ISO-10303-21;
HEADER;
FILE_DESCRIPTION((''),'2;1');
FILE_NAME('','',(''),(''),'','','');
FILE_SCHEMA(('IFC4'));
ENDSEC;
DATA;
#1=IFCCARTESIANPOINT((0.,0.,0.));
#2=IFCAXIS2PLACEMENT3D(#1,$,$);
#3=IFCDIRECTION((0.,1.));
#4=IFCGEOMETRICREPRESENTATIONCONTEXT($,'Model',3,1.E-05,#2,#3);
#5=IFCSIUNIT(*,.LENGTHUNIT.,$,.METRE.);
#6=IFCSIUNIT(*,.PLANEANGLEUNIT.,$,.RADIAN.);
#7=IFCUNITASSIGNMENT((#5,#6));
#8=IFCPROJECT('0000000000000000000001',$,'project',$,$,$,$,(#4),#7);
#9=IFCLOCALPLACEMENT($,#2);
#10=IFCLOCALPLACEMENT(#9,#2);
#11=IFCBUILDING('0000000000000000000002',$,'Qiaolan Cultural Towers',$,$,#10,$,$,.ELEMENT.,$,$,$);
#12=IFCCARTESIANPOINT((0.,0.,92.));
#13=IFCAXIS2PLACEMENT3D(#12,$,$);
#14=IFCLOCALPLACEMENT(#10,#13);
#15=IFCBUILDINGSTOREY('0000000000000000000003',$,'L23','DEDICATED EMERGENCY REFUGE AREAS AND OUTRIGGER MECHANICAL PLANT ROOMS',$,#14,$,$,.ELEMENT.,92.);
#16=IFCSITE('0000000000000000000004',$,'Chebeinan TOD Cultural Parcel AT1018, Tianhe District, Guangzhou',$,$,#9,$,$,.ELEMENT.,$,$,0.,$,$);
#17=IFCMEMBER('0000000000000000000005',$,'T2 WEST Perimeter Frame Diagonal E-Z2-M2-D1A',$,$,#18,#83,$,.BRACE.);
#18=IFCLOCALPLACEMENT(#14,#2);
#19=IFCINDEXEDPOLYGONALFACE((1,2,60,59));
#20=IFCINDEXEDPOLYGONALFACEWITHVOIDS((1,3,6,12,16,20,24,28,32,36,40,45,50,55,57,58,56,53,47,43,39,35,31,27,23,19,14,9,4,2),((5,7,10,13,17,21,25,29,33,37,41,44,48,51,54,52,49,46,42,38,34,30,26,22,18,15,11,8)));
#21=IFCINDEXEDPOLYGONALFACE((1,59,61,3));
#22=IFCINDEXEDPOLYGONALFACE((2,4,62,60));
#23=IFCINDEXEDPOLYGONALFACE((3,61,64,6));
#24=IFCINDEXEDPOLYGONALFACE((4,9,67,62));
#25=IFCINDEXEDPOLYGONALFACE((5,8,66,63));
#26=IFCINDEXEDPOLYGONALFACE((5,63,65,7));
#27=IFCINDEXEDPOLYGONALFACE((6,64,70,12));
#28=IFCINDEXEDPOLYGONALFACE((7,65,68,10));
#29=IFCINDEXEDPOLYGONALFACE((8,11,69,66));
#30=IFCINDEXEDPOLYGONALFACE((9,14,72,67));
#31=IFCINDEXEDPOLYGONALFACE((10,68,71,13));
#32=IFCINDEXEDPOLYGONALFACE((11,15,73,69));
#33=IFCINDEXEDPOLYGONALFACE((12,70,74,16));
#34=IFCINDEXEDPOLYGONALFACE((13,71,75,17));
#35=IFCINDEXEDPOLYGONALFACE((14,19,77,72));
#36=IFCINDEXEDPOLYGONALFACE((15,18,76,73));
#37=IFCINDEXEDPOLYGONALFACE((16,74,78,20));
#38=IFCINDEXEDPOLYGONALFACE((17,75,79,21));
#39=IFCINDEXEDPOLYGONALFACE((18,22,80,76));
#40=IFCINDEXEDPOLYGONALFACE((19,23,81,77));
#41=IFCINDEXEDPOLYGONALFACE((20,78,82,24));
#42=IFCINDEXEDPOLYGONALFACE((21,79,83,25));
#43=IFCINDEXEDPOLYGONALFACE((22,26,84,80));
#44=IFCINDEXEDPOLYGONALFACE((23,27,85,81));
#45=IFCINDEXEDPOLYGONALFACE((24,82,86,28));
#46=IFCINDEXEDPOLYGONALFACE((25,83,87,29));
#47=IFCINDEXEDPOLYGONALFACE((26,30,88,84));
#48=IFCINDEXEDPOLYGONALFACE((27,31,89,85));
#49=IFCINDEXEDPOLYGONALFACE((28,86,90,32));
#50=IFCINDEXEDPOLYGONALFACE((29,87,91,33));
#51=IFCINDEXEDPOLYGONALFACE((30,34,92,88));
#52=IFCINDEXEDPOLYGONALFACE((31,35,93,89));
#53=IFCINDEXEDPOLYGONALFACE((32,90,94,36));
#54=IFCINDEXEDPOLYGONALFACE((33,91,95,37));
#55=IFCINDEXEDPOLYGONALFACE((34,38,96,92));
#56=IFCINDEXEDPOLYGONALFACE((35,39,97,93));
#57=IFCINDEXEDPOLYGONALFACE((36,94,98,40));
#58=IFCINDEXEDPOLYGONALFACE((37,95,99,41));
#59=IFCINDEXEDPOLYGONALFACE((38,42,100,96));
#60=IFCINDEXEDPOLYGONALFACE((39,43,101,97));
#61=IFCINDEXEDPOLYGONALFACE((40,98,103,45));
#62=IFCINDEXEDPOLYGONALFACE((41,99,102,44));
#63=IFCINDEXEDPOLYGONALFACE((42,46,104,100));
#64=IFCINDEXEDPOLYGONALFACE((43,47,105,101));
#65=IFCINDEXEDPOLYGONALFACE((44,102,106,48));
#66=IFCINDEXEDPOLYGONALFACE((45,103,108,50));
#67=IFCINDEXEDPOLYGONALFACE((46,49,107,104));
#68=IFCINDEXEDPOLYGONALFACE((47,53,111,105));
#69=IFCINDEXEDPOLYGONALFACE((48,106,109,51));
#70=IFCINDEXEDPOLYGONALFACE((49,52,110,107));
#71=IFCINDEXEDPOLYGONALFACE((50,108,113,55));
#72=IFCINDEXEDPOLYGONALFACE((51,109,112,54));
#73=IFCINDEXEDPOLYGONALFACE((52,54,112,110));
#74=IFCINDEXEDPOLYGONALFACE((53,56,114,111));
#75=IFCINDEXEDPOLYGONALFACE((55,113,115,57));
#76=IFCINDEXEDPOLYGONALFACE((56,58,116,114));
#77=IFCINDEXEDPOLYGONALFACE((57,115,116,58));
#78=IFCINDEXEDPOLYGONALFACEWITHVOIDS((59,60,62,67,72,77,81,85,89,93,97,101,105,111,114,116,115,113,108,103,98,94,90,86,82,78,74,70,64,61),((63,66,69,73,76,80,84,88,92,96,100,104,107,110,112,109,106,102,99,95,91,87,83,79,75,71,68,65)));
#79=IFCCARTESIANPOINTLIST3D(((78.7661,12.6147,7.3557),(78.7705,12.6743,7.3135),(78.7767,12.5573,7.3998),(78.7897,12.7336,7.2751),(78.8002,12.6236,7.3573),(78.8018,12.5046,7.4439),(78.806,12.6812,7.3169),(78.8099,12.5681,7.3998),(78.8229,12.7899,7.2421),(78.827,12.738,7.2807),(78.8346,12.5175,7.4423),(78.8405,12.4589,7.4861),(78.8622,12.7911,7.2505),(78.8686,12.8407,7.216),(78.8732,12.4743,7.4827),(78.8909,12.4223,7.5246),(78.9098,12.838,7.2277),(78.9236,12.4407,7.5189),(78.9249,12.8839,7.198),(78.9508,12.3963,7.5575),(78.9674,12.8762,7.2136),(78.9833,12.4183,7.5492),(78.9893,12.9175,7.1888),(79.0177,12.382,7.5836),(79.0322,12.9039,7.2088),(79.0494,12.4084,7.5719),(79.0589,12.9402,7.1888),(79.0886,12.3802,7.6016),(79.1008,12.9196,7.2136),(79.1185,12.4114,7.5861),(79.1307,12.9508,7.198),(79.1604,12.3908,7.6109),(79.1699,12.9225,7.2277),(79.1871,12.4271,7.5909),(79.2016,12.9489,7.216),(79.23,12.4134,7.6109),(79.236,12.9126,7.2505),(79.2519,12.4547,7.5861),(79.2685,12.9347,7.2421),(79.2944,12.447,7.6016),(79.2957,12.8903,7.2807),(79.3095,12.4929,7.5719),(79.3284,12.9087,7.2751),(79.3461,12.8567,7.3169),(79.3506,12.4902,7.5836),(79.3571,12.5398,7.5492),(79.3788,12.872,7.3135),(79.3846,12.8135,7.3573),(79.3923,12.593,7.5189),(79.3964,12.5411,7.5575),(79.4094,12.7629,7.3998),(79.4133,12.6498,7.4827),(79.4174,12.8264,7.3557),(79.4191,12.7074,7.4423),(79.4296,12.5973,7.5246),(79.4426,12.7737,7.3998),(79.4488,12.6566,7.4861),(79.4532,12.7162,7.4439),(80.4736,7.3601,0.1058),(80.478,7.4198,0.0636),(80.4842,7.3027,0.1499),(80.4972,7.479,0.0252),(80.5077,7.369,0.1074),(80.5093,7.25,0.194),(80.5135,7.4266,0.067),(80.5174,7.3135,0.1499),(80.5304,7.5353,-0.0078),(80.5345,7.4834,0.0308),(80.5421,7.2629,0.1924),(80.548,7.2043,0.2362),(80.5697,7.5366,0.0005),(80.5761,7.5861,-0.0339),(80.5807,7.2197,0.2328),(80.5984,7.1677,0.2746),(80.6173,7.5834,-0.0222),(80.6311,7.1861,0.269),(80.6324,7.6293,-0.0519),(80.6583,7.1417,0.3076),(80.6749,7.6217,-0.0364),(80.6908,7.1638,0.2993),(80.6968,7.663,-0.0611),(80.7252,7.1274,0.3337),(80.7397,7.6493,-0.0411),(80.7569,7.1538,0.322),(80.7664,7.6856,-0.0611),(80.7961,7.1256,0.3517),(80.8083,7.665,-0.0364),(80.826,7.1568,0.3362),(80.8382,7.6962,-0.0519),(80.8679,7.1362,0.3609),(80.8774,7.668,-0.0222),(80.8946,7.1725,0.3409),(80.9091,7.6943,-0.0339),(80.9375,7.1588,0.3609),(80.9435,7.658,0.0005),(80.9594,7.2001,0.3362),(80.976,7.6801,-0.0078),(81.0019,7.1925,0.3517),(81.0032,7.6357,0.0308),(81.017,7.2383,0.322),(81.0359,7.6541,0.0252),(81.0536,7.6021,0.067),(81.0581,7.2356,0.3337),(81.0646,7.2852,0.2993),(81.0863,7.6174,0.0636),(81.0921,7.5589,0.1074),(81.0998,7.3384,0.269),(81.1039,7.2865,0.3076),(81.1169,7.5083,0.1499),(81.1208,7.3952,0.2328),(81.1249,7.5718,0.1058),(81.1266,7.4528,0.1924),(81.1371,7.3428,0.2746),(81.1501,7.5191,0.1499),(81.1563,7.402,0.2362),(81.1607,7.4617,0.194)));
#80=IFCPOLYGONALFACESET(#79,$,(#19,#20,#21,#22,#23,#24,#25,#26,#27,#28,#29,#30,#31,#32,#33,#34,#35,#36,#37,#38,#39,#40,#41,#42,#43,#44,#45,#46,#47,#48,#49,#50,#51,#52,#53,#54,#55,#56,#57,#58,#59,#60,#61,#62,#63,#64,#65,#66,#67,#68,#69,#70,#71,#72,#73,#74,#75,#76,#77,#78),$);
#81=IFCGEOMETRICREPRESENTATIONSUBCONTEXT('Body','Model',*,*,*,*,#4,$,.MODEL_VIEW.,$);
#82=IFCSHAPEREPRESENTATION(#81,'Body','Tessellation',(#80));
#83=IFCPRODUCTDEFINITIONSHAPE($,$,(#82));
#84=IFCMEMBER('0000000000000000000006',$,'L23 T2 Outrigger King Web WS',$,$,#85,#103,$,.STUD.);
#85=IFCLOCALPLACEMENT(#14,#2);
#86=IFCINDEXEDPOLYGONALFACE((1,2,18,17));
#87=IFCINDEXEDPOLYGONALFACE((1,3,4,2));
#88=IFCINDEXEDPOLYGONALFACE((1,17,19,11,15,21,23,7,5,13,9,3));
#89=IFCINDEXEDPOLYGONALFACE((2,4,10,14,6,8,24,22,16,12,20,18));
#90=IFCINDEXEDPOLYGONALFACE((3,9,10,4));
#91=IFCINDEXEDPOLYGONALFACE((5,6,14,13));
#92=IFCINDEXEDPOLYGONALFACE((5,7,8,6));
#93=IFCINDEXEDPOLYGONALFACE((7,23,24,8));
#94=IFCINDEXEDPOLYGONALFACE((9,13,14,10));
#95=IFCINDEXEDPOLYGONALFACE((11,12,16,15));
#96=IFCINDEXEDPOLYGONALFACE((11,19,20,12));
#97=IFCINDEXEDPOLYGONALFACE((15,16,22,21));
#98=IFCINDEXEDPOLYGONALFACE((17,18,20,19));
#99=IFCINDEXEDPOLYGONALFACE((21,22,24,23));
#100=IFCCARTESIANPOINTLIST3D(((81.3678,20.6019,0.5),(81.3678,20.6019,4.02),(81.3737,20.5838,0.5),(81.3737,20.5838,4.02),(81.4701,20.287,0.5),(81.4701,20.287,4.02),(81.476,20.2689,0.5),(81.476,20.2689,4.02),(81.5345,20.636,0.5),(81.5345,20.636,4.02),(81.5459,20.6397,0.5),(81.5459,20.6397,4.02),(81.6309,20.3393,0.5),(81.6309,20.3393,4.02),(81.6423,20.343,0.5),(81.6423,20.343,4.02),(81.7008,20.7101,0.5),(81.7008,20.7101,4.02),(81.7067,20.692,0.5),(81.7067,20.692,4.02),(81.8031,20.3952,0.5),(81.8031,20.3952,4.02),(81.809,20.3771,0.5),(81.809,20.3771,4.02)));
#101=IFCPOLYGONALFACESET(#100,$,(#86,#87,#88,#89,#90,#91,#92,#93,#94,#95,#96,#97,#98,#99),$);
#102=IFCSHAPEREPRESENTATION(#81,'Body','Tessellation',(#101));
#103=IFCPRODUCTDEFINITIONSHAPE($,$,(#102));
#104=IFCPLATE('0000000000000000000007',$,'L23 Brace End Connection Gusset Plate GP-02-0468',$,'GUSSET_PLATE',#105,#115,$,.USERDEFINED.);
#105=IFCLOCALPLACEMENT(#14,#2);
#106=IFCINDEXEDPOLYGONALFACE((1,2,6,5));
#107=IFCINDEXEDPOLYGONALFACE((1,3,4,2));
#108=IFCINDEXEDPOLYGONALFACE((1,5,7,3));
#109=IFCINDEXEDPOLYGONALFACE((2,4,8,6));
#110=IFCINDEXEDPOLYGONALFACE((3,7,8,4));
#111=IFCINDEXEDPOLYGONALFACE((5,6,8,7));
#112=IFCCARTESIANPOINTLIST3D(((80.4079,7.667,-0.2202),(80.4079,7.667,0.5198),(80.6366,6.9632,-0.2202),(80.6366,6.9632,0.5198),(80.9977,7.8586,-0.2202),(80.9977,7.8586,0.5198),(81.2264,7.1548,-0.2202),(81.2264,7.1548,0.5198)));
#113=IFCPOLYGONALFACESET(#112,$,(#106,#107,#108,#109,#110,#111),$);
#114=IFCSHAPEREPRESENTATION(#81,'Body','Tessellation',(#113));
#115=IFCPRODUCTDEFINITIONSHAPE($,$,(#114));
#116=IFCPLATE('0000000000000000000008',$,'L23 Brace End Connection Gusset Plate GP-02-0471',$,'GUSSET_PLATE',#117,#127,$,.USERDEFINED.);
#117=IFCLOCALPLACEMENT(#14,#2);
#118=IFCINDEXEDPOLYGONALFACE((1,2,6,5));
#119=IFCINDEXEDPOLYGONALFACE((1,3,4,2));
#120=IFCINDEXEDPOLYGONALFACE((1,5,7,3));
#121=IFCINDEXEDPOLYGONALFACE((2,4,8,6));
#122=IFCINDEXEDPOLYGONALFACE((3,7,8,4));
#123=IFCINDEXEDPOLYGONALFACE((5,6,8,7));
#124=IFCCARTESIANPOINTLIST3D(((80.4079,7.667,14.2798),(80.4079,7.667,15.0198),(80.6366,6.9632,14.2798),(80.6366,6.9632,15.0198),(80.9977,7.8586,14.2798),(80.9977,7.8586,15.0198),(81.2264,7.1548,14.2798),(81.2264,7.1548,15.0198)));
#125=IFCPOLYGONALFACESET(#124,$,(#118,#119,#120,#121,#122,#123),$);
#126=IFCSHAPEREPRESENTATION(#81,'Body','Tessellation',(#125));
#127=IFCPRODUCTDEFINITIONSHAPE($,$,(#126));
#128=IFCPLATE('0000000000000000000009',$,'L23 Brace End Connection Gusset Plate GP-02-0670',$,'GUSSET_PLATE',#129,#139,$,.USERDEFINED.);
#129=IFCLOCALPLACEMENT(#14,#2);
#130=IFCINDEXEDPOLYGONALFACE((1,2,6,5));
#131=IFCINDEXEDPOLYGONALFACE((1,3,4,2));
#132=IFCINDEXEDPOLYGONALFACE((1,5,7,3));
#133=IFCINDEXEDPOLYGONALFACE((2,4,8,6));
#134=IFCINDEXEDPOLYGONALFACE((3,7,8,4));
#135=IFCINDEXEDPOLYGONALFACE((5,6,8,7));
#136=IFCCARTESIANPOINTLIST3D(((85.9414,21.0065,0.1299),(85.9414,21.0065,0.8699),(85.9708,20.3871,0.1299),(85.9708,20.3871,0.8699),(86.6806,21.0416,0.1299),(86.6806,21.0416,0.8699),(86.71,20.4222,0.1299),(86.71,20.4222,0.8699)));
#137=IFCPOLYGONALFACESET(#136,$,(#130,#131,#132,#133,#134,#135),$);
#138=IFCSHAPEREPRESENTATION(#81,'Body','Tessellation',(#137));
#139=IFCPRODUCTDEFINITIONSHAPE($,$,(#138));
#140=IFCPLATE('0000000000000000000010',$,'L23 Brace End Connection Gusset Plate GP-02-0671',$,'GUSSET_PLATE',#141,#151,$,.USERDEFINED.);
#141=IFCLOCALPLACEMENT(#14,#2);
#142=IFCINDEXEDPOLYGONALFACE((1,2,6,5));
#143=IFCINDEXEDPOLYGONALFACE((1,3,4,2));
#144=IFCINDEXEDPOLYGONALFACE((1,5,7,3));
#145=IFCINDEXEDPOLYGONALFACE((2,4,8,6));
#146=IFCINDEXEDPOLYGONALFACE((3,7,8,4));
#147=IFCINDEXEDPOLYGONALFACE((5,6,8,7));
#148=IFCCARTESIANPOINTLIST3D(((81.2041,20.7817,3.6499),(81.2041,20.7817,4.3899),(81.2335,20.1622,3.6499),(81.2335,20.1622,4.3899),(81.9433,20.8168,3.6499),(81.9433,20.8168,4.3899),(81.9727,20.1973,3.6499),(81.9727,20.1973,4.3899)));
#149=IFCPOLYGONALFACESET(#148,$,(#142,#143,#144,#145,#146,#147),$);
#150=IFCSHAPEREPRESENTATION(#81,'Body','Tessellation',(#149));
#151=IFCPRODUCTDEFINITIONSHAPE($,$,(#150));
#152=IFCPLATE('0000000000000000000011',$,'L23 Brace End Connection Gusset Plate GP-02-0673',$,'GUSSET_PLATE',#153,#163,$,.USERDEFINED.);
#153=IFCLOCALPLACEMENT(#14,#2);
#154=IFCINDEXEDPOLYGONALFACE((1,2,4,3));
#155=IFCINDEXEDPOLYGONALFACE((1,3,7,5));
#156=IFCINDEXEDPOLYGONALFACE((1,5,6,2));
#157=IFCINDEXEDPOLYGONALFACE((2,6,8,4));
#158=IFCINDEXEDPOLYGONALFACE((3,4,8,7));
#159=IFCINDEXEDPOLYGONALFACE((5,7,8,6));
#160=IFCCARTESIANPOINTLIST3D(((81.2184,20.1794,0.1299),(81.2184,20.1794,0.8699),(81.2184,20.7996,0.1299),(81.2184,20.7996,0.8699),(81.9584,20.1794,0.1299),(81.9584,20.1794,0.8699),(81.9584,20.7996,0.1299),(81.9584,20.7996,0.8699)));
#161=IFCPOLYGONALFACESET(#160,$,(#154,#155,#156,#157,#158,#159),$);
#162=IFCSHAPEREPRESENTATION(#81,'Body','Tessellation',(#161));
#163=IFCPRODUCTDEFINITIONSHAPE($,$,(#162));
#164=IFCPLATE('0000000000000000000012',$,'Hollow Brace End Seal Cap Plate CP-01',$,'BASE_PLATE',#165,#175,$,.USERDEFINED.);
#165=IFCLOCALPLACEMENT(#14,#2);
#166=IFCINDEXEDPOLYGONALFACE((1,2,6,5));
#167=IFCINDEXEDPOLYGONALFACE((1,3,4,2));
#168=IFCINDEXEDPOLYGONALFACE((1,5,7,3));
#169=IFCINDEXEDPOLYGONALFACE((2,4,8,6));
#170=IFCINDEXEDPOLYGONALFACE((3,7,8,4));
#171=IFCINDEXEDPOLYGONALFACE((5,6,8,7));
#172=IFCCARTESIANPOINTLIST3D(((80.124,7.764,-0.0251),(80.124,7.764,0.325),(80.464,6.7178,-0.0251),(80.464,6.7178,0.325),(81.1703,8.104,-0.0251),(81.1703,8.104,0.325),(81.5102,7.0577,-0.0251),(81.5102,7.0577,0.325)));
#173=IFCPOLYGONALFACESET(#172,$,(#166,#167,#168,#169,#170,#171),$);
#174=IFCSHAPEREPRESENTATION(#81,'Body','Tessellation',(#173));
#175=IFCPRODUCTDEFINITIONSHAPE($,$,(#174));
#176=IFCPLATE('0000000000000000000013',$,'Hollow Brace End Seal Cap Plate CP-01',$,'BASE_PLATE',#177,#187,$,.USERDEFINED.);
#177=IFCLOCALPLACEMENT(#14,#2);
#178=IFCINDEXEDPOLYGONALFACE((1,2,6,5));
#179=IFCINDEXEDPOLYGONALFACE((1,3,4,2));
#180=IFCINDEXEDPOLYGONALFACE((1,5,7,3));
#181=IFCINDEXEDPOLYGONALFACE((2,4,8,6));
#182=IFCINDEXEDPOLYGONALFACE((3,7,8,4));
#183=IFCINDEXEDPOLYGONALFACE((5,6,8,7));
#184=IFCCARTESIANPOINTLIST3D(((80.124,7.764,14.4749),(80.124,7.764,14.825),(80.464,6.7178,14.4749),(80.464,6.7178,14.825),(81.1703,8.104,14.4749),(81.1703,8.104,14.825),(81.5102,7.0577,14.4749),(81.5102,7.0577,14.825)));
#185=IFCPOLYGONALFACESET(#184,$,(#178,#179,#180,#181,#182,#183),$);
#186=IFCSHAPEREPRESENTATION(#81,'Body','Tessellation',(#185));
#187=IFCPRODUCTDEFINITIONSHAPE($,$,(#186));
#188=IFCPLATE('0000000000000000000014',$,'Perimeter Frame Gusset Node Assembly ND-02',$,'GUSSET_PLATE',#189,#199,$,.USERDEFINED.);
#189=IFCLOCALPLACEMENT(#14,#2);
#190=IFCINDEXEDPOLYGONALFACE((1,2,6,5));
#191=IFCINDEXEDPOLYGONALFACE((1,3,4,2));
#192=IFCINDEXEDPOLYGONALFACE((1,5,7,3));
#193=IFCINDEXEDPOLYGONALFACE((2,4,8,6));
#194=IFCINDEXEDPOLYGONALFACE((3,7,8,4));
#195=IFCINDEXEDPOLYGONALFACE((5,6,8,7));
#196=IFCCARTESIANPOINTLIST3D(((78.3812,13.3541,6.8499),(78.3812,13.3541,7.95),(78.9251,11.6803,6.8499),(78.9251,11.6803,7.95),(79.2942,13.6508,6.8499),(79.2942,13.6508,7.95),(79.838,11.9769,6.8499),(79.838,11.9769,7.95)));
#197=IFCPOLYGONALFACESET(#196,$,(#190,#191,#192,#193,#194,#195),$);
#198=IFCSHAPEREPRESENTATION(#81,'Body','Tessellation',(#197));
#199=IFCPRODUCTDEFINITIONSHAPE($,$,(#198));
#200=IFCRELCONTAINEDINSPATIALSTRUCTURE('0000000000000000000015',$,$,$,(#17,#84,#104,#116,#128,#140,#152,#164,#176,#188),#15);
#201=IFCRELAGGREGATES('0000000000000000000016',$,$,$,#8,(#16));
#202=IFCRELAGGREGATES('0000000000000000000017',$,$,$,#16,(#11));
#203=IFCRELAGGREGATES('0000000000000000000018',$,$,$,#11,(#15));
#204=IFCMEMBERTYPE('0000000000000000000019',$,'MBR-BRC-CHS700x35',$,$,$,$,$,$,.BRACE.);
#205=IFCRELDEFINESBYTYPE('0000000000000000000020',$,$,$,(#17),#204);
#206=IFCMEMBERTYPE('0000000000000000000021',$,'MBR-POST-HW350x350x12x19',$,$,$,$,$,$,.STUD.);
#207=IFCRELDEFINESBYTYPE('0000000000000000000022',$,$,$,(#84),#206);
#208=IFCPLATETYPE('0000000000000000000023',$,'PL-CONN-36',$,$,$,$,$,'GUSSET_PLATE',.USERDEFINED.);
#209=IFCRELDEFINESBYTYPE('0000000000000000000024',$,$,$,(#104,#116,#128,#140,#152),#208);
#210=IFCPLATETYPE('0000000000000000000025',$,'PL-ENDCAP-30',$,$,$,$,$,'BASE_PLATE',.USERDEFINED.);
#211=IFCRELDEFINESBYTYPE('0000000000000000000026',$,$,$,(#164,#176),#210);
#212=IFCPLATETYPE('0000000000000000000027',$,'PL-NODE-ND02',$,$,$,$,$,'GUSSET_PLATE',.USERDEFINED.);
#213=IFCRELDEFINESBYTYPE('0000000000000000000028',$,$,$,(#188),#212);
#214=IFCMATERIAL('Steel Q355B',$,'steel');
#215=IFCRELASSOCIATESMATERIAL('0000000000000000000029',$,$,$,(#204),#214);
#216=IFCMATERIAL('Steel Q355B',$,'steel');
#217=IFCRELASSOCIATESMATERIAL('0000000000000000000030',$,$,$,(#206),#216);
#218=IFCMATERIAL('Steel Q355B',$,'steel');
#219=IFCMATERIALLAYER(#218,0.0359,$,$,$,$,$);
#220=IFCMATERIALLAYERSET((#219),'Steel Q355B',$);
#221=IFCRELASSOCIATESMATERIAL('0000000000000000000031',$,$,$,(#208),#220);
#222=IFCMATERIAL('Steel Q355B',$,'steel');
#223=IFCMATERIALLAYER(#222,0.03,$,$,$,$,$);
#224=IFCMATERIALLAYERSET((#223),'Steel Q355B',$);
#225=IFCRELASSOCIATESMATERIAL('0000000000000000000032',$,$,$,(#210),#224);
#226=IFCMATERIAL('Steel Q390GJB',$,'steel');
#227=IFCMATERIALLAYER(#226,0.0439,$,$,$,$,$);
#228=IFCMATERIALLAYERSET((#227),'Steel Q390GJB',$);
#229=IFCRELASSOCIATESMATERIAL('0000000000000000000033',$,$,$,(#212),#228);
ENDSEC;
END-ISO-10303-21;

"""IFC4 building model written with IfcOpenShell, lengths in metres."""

from ifc_helpers import new_model, si_unit, direction, frame, origin, origin_2d, place, context, subcontext, project, spatial, rectangle, hollow_circle, i_section, extrude, material, layer, layer_set, material_profile, profile_set, type_object, element, save


model = new_model("IFC4")

# Units and contexts
model_context = context("Model", 3, precision=1e-05, world=origin(), true_north=direction((0.0, 1.0)))
body_context = subcontext(model_context, "Body", "Model", "MODEL_VIEW")
ifc_project = project(units=[si_unit("LENGTHUNIT", "METRE"), si_unit("PLANEANGLEUNIT", "RADIAN")], contexts=[model_context])

# Site, building, storey
site_placement = place(None, origin())
site = spatial("IfcSite", under=ifc_project, at=site_placement, Name="Chebeinan TOD Cultural Parcel AT1018, Tianhe District, Guangzhou", CompositionType="ELEMENT", RefElevation=0.0)
building_placement = place(site_placement, origin())
building = spatial("IfcBuilding", under=site, at=building_placement, Name="Qiaolan Cultural Towers", CompositionType="ELEMENT")
storey_placement = place(building_placement, frame((0.0, 0.0, 92.0)))
storey = spatial("IfcBuildingStorey", under=building, at=storey_placement, Name="L23", Description="DEDICATED EMERGENCY REFUGE AREAS AND OUTRIGGER MECHANICAL PLANT ROOMS", CompositionType="ELEMENT", Elevation=92.0)

# Members
ifc_material_1 = material(Name="Steel Q355B", Category="steel")
ifc_material_profile_1 = material_profile(ifc_material_1, hollow_circle(Radius=0.3501, WallThickness=0.0349, at=origin_2d()), Name="CHS700x35")
ifc_profile_set_1 = profile_set([ifc_material_profile_1], Name="Steel Q355B")
member_type_1 = type_object("IfcMemberType", Name="MBR-BRC-CHS700x35", PredefinedType="BRACE", material=ifc_profile_set_1)
member_1_placement = place(storey_placement, frame((80.8171, 7.4109, 0.1499), z_axis=(-0.187324, 0.576461, 0.795363), x_axis=(-0.951047, -0.309047, 0.0)))
element("IfcMember", 1, at=member_1_placement, inside=storey, type_object=member_type_1, Name="T2 WEST Perimeter Frame Diagonal E-Z2-M2-D1A", PredefinedType="BRACE", context=body_context, shape_type="SweptSolid", body=[
    extrude(hollow_circle(Radius=0.3501, WallThickness=0.0349, at=origin_2d()), origin(), (0.0, 0.0, 1.0), 9.1152),
])
ifc_material_2 = material(Name="Steel Q355B", Category="steel")
ifc_material_profile_2 = material_profile(ifc_material_2, i_section(OverallWidth=0.3501, OverallDepth=0.3501, WebThickness=0.012, FlangeThickness=0.019, at=origin_2d()), Name="HW350x350x12x19")
ifc_profile_set_2 = profile_set([ifc_material_profile_2], Name="Steel Q355B")
member_type_2 = type_object("IfcMemberType", Name="MBR-POST-HW350x350x12x19", PredefinedType="STUD", material=ifc_profile_set_2)
member_2_placement = place(storey_placement, frame((81.5884, 20.4895, 0.5), z_axis=(0.0, 0.0, 1.0), x_axis=(0.951057, 0.309017, 0.0)))
element("IfcMember", 2, at=member_2_placement, inside=storey, type_object=member_type_2, Name="L23 T2 Outrigger King Web WS", PredefinedType="STUD", context=body_context, shape_type="SweptSolid", body=[
    extrude(i_section(OverallWidth=0.3501, OverallDepth=0.3501, WebThickness=0.012, FlangeThickness=0.019, at=origin_2d()), origin(), (0.0, 0.0, 1.0), 3.52),
])

# Plates
ifc_material_3 = material(Name="Steel Q355B", Category="steel")
ifc_layer_1 = layer(ifc_material_3, 0.0359)
ifc_layer_set_1 = layer_set([ifc_layer_1], Name="Steel Q355B")
plate_type_1 = type_object("IfcPlateType", Name="PL-CONN-36", ElementType="GUSSET_PLATE", PredefinedType="USERDEFINED", material=ifc_layer_set_1)
for number, where, z_axis, x_axis, name in (
    (3, (80.8171, 7.4109, -0.2202), (0.0, 0.0, 1.0), (-0.309017, 0.951057, 0.0), "L23 Brace End Connection Gusset Plate GP-02-0468"),
    (4, (80.8171, 7.4109, 14.2798), (0.0, 0.0, 1.0), (-0.309017, 0.951057, 0.0), "L23 Brace End Connection Gusset Plate GP-02-0471"),
    (5, (86.3257, 20.7144, 0.1299), (0.0, 0.0, 1.0), (0.998875, 0.047427, 0.0), "L23 Brace End Connection Gusset Plate GP-02-0670"),
    (6, (81.5884, 20.4895, 3.6499), (0.0, 0.0, 1.0), (0.998875, 0.047427, 0.0), "L23 Brace End Connection Gusset Plate GP-02-0671"),
    (7, (81.5884, 20.4895, 0.1299), (0.0, 0.0, 1.0), (1.0, 0.0, 0.0), "L23 Brace End Connection Gusset Plate GP-02-0673"),
):
    element("IfcPlate", number, at=place(storey_placement, frame(where, z_axis=z_axis, x_axis=x_axis)), inside=storey, type_object=plate_type_1, Name=name, ObjectType="GUSSET_PLATE", PredefinedType="USERDEFINED", context=body_context, shape_type="SweptSolid", body=[
        extrude(rectangle(XDim=0.74, YDim=0.6201, at=origin_2d()), origin(), (0.0, 0.0, 1.0), 0.74),
    ])
ifc_material_4 = material(Name="Steel Q355B", Category="steel")
ifc_layer_2 = layer(ifc_material_4, 0.03)
ifc_layer_set_2 = layer_set([ifc_layer_2], Name="Steel Q355B")
plate_type_2 = type_object("IfcPlateType", Name="PL-ENDCAP-30", ElementType="BASE_PLATE", PredefinedType="USERDEFINED", material=ifc_layer_set_2)
for number, where, z_axis, x_axis, name in (
    (8, (80.8171, 7.4109, -0.0251), (0.0, 0.0, 1.0), (-0.309017, 0.951057, 0.0), "Hollow Brace End Seal Cap Plate CP-01"),
    (9, (80.8171, 7.4109, 14.4749), (0.0, 0.0, 1.0), (-0.309017, 0.951057, 0.0), "Hollow Brace End Seal Cap Plate CP-01"),
):
    element("IfcPlate", number, at=place(storey_placement, frame(where, z_axis=z_axis, x_axis=x_axis)), inside=storey, type_object=plate_type_2, Name=name, ObjectType="BASE_PLATE", PredefinedType="USERDEFINED", context=body_context, shape_type="SweptSolid", body=[
        extrude(rectangle(XDim=1.1001, YDim=1.1001, at=origin_2d()), origin(), (0.0, 0.0, 1.0), 0.3501),
    ])
ifc_material_5 = material(Name="Steel Q390GJB", Category="steel")
ifc_layer_3 = layer(ifc_material_5, 0.0439)
ifc_layer_set_3 = layer_set([ifc_layer_3], Name="Steel Q390GJB")
plate_type_3 = type_object("IfcPlateType", Name="PL-NODE-ND02", ElementType="GUSSET_PLATE", PredefinedType="USERDEFINED", material=ifc_layer_set_3)
plate_placement = place(storey_placement, frame((79.1096, 12.6655, 6.8499), z_axis=(0.0, 0.0, 1.0), x_axis=(-0.309017, 0.951057, 0.0)))
element("IfcPlate", 10, at=plate_placement, inside=storey, type_object=plate_type_3, Name="Perimeter Frame Gusset Node Assembly ND-02", ObjectType="GUSSET_PLATE", PredefinedType="USERDEFINED", context=body_context, shape_type="SweptSolid", body=[
    extrude(rectangle(XDim=1.76, YDim=0.96, at=origin_2d()), origin(), (0.0, 0.0, 1.0), 1.1001),
])

save(model, "model.ifc")
